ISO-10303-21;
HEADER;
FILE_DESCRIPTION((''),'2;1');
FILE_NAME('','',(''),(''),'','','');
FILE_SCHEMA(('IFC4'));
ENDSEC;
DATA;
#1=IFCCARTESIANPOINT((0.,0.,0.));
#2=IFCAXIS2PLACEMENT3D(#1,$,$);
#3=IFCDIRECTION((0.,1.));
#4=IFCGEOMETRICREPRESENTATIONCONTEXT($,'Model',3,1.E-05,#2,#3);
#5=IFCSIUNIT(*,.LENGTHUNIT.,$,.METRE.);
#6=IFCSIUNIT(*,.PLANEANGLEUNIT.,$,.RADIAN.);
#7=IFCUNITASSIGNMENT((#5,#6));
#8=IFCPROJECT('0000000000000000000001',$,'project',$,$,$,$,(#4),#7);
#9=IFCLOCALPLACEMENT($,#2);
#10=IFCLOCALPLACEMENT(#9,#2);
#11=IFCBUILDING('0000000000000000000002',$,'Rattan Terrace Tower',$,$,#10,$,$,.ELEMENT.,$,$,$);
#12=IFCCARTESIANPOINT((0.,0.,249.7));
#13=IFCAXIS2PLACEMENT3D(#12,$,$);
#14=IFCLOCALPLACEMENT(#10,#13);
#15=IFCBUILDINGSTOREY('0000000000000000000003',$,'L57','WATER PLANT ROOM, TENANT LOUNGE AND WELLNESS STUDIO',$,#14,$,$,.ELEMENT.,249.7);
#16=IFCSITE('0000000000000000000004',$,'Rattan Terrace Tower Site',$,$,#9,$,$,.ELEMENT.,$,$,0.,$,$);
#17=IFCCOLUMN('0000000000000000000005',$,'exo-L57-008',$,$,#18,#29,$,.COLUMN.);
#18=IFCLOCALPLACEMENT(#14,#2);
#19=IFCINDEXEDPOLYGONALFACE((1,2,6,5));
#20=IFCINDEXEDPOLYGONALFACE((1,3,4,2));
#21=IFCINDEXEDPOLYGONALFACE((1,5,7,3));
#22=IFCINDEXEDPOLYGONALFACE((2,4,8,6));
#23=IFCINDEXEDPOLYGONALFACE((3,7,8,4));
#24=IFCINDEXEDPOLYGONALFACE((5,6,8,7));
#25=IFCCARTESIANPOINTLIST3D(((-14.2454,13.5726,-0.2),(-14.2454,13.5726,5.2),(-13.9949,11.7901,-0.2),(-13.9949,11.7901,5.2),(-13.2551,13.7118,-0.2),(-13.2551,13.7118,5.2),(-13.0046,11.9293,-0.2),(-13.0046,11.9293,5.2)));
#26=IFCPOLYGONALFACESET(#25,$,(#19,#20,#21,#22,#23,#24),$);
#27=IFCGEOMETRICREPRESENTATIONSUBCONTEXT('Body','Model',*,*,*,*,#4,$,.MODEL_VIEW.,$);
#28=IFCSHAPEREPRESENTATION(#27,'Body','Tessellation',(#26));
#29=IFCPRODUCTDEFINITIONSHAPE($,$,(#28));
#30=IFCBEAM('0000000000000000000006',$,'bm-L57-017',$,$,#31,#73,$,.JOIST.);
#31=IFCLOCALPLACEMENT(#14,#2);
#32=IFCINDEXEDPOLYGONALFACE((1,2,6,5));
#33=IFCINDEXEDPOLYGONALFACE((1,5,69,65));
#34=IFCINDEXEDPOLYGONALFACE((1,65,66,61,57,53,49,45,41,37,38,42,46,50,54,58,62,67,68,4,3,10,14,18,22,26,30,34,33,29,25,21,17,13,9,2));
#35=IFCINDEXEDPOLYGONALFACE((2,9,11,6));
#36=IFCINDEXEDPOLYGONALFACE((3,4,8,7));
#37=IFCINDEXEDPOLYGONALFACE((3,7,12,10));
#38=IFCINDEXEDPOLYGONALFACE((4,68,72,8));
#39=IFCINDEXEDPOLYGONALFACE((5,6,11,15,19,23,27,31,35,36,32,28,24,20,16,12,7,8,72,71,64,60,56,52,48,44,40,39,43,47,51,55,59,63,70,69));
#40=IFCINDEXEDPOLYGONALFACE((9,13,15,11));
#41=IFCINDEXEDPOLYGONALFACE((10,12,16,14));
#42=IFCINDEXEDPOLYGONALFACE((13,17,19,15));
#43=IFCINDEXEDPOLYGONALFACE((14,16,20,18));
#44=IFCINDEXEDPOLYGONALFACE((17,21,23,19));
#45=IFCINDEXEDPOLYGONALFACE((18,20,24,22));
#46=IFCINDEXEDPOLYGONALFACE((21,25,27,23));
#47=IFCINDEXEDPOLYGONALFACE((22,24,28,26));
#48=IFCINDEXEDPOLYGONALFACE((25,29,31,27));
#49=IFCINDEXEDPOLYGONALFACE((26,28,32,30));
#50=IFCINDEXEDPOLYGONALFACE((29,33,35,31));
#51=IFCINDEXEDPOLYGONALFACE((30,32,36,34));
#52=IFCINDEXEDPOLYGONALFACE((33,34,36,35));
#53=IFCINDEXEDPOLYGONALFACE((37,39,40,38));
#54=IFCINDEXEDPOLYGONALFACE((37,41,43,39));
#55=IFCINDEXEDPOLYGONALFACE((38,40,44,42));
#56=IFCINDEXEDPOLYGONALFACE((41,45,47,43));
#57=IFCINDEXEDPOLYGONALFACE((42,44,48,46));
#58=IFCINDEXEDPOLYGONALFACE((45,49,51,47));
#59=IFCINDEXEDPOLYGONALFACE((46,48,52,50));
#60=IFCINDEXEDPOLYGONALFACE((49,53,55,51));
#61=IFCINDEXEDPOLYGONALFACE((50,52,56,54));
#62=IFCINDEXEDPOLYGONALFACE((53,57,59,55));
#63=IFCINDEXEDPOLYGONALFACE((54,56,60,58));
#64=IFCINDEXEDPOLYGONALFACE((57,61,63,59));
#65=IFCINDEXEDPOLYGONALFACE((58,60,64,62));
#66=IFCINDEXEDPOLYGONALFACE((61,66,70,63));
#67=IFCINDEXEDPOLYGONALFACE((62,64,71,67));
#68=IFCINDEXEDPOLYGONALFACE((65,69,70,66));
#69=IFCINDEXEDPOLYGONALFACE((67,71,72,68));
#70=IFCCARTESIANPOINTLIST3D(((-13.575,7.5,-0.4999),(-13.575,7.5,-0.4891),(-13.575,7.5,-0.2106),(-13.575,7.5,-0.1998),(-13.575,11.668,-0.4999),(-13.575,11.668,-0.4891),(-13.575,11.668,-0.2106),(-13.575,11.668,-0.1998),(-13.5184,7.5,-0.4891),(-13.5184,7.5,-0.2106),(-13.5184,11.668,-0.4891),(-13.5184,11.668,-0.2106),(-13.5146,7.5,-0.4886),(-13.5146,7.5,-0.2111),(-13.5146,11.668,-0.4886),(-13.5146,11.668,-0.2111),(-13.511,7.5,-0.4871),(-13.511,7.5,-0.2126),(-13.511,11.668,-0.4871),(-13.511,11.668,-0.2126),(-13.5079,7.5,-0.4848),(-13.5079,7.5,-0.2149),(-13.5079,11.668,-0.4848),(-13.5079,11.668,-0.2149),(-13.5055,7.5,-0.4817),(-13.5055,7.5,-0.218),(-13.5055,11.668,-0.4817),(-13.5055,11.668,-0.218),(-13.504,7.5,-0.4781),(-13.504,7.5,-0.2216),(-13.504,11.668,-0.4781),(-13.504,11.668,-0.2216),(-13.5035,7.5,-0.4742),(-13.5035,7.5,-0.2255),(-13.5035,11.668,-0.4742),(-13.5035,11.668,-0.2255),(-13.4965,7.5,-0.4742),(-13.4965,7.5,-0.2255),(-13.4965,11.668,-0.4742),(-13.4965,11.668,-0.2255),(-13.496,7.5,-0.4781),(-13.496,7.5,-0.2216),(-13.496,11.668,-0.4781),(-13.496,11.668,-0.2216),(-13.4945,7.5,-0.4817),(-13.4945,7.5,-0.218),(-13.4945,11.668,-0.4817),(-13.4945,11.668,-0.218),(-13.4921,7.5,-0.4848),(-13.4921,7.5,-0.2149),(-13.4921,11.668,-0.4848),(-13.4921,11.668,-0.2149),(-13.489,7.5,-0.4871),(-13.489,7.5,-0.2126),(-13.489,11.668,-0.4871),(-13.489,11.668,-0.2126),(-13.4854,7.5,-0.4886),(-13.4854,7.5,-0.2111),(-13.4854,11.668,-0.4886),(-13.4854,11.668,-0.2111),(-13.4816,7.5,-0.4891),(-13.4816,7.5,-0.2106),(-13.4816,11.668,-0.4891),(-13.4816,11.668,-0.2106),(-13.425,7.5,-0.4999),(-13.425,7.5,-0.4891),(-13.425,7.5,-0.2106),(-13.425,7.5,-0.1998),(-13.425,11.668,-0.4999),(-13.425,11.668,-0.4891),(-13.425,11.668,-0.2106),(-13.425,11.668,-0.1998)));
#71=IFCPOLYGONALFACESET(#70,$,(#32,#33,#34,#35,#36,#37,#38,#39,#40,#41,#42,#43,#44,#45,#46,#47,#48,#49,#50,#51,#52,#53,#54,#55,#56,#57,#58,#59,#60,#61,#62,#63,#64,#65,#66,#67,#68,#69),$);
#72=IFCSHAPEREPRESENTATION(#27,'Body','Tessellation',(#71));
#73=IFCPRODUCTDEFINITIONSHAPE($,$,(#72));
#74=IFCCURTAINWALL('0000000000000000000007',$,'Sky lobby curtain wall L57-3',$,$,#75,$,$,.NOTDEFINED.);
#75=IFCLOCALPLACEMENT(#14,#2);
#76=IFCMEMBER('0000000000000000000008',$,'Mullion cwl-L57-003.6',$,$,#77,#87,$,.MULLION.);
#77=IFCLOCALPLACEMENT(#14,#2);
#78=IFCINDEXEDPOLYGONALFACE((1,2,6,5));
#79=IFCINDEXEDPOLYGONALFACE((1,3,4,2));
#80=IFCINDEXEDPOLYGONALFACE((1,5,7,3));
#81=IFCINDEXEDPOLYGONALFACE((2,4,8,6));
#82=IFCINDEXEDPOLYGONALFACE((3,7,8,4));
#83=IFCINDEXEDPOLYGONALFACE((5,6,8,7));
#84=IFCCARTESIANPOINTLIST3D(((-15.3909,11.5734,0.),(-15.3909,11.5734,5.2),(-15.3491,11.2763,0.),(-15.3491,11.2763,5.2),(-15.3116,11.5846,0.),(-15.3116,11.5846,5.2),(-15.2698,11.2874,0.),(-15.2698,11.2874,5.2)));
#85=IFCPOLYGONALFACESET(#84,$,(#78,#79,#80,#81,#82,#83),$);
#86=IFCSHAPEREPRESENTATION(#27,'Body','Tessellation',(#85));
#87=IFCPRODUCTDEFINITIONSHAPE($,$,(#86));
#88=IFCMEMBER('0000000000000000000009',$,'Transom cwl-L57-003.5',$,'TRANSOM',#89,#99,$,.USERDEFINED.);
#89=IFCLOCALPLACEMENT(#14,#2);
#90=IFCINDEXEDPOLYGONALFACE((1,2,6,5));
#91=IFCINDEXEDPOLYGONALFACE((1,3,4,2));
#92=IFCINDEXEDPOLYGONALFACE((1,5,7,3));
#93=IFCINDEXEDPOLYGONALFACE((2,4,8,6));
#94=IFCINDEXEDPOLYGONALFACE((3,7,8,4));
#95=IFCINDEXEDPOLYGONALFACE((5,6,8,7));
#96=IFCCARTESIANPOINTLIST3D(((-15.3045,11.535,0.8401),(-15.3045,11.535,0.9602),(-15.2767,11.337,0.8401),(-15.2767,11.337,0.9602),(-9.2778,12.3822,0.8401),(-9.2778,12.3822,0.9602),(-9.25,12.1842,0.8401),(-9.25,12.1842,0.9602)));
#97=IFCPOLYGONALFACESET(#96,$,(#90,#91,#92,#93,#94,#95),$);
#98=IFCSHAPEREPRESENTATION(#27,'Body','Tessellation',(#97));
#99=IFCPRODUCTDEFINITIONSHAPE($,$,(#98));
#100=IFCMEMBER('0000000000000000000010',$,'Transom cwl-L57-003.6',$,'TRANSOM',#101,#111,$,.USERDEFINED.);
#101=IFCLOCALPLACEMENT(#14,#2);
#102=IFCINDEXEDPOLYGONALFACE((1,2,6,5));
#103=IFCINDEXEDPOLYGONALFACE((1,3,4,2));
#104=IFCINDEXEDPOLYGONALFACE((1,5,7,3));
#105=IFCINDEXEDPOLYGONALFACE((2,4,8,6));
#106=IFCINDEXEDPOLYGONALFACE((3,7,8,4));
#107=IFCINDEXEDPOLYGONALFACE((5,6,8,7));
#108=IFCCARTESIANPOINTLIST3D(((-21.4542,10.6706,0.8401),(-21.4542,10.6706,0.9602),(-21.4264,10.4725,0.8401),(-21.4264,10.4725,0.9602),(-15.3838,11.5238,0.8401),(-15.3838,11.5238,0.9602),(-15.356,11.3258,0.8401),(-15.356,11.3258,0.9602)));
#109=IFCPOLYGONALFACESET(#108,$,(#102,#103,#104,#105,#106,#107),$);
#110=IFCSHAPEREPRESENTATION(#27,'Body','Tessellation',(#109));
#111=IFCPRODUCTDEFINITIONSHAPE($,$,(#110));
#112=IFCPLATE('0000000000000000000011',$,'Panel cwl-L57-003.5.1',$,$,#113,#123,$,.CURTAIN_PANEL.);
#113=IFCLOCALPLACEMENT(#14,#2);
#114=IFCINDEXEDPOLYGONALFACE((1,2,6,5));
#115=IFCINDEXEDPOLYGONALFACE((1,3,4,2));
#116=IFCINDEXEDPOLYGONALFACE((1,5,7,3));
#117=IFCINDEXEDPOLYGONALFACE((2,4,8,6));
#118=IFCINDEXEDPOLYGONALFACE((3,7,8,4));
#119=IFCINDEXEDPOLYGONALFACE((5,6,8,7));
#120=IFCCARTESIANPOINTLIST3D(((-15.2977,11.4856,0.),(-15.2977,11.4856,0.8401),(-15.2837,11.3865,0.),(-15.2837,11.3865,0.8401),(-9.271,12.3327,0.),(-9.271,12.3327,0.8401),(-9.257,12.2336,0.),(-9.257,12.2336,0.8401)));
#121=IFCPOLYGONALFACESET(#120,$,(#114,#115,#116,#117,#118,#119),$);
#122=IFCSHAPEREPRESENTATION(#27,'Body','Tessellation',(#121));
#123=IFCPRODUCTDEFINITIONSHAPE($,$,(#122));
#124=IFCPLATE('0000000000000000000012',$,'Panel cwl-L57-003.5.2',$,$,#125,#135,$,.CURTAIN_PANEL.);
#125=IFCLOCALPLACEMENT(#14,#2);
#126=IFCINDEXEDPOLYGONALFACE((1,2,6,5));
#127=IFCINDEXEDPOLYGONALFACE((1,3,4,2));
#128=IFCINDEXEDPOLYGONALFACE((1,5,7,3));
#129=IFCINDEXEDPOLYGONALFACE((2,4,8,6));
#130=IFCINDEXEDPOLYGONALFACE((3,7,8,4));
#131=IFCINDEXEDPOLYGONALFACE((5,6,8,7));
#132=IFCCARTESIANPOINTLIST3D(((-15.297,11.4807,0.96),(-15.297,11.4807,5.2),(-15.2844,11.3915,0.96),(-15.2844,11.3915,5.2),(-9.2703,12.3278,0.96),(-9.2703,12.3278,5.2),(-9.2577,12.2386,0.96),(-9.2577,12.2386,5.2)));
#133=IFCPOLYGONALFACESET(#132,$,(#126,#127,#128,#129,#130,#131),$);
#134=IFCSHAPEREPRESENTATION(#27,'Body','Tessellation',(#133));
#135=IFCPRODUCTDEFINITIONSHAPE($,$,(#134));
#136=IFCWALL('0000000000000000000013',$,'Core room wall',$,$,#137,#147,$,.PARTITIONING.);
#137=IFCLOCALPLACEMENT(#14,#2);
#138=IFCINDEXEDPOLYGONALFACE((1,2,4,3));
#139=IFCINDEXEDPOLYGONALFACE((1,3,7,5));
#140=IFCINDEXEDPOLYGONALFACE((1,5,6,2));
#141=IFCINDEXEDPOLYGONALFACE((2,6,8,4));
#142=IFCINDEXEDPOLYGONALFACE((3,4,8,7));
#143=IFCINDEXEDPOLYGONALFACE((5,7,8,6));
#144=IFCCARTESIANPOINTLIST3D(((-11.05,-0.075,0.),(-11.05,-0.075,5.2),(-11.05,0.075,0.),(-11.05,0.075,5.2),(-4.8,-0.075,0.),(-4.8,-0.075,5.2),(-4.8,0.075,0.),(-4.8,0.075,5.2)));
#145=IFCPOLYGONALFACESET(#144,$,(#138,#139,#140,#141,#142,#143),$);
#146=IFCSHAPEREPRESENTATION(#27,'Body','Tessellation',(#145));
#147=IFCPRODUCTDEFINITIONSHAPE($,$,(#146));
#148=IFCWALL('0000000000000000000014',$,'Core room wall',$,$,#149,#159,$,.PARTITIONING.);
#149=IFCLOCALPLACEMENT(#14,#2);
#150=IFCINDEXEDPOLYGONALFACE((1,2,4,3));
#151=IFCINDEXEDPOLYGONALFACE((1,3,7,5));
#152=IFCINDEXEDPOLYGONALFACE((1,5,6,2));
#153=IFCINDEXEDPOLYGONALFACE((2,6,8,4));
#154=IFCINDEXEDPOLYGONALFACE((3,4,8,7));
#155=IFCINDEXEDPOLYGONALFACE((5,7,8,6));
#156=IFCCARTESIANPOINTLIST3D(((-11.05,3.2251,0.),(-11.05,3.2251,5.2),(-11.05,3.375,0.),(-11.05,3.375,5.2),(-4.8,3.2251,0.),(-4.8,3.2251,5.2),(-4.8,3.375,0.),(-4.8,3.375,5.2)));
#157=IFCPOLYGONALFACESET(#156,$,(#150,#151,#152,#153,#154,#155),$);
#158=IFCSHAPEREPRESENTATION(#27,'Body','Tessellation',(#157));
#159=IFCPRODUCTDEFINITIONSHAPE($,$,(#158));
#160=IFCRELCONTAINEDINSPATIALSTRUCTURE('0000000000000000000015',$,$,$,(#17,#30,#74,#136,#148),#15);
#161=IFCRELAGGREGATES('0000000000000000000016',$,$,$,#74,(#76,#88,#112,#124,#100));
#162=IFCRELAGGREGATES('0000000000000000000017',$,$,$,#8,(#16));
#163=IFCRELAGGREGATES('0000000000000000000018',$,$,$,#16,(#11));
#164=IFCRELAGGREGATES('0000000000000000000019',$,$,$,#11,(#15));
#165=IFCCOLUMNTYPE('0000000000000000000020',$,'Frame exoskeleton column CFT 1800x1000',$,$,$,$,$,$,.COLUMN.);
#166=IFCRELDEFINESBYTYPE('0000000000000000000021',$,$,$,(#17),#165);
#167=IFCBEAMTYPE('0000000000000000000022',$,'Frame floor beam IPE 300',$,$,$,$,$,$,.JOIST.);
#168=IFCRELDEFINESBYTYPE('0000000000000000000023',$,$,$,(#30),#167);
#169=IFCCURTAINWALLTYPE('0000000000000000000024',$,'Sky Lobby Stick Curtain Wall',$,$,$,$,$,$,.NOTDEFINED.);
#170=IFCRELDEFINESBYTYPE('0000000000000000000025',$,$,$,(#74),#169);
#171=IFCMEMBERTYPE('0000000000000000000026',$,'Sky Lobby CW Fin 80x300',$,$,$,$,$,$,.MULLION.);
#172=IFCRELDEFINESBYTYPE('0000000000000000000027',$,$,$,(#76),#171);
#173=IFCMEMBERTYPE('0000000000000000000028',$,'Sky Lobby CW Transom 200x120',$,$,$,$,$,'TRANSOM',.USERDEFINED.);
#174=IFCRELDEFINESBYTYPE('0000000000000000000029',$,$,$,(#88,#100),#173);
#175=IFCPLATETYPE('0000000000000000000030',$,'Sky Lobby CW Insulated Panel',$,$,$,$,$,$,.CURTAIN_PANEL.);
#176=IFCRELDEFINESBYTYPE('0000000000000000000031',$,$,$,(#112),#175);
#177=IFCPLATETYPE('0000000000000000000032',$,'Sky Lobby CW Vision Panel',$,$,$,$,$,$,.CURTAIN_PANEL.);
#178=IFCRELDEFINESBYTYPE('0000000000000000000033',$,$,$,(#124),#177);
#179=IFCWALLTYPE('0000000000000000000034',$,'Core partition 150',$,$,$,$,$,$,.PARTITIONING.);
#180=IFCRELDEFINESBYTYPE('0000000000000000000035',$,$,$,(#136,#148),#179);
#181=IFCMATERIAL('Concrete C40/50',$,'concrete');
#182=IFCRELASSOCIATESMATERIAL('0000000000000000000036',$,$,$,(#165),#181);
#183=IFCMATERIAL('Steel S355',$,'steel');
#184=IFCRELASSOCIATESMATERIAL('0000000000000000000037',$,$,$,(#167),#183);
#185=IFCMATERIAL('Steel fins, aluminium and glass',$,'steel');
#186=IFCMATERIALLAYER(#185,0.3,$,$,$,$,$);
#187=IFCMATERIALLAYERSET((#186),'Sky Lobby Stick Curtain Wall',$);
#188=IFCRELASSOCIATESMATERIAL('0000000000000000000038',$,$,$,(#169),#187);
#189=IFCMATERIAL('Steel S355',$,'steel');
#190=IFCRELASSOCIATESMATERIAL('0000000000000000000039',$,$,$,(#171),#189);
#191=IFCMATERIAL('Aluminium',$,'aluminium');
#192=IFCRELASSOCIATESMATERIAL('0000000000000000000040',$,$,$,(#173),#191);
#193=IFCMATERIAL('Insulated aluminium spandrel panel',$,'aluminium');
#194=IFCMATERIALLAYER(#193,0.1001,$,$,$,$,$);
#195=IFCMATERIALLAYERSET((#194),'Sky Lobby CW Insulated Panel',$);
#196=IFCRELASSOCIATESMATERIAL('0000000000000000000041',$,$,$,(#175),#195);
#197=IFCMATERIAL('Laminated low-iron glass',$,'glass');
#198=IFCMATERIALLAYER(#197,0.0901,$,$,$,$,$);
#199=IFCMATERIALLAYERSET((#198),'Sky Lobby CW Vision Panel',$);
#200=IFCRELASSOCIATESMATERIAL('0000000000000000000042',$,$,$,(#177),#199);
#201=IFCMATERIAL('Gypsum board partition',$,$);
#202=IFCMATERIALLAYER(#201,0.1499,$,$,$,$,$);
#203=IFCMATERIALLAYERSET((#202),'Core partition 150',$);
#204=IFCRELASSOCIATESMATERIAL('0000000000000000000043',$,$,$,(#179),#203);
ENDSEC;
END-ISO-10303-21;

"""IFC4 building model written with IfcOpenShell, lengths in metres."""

from ifc_helpers import new_model, si_unit, direction, frame, frame_2d, origin, origin_2d, place, context, subcontext, project, spatial, rectangle, i_section, extrude, material, layer, layer_set, material_profile, profile_set, type_object, element, aggregate, save


model = new_model("IFC4")

# Units and contexts
model_context = context("Model", 3, precision=1e-05, world=origin(), true_north=direction((0.0, 1.0)))
body_context = subcontext(model_context, "Body", "Model", "MODEL_VIEW")
ifc_project = project(units=[si_unit("LENGTHUNIT", "METRE"), si_unit("PLANEANGLEUNIT", "RADIAN")], contexts=[model_context])

# Site, building, storey
site_placement = place(None, origin())
site = spatial("IfcSite", under=ifc_project, at=site_placement, Name="Rattan Terrace Tower Site", CompositionType="ELEMENT", RefElevation=0.0)
building_placement = place(site_placement, origin())
building = spatial("IfcBuilding", under=site, at=building_placement, Name="Rattan Terrace Tower", CompositionType="ELEMENT")
storey_placement = place(building_placement, frame((0.0, 0.0, 249.7)))
storey = spatial("IfcBuildingStorey", under=building, at=storey_placement, Name="L57", Description="WATER PLANT ROOM, TENANT LOUNGE AND WELLNESS STUDIO", CompositionType="ELEMENT", Elevation=249.7)

# Column
ifc_material_1 = material(Name="Concrete C40/50", Category="concrete")
ifc_material_profile_1 = material_profile(ifc_material_1, rectangle(XDim=1.0, YDim=1.8, at=origin_2d()), Name="CFT 1800x1000")
ifc_profile_set_1 = profile_set([ifc_material_profile_1], Name="Concrete C40/50")
column_type = type_object("IfcColumnType", Name="Frame exoskeleton column CFT 1800x1000", PredefinedType="COLUMN", material=ifc_profile_set_1)
column_placement = place(storey_placement, frame((-13.625, 12.751, -0.2), z_axis=(0.0, 0.0, 1.0), x_axis=(0.990266, 0.13919, 0.0)))
element("IfcColumn", 1, at=column_placement, inside=storey, type_object=column_type, Name="exo-L57-008", PredefinedType="COLUMN", context=body_context, shape_type="SweptSolid", body=[
    extrude(rectangle(XDim=1.0, YDim=1.8, at=origin_2d()), origin(), (0.0, 0.0, 1.0), 5.3999),
])

# Beam
ifc_material_2 = material(Name="Steel S355", Category="steel")
ifc_material_profile_2 = material_profile(ifc_material_2, i_section(OverallWidth=0.1499, OverallDepth=0.3, WebThickness=0.0071, FlangeThickness=0.0107, FilletRadius=0.0149, at=origin_2d()), Name="IPE 300")
ifc_profile_set_2 = profile_set([ifc_material_profile_2], Name="Steel S355")
beam_type = type_object("IfcBeamType", Name="Frame floor beam IPE 300", PredefinedType="JOIST", material=ifc_profile_set_2)
beam_placement = place(storey_placement, frame((-13.5, 7.5, -0.3499), z_axis=(0.0, 1.0, 0.0), x_axis=(-1.0, 0.0, 0.0)))
element("IfcBeam", 2, at=beam_placement, inside=storey, type_object=beam_type, Name="bm-L57-017", PredefinedType="JOIST", context=body_context, shape_type="SweptSolid", body=[
    extrude(i_section(OverallWidth=0.1499, OverallDepth=0.3, WebThickness=0.0071, FlangeThickness=0.0107, FilletRadius=0.0149, at=origin_2d()), origin(), (0.0, 0.0, 1.0), 4.168),
])

# Curtain wall, members, plates
ifc_material_3 = material(Name="Steel fins, aluminium and glass", Category="steel")
ifc_layer_1 = layer(ifc_material_3, 0.3)
ifc_layer_set_1 = layer_set([ifc_layer_1], Name="Sky Lobby Stick Curtain Wall")
curtain_wall_type = type_object("IfcCurtainWallType", Name="Sky Lobby Stick Curtain Wall", PredefinedType="NOTDEFINED", material=ifc_layer_set_1)
curtain_wall_placement = place(storey_placement, origin())
curtain_wall = element("IfcCurtainWall", 3, at=curtain_wall_placement, inside=storey, type_object=curtain_wall_type, Name="Sky lobby curtain wall L57-3", PredefinedType="NOTDEFINED")
ifc_material_4 = material(Name="Steel S355", Category="steel")
ifc_material_profile_3 = material_profile(ifc_material_4, rectangle(XDim=0.0801, YDim=0.3, at=origin_2d()), Name="Steel S355 80x300")
ifc_profile_set_3 = profile_set([ifc_material_profile_3], Name="Steel S355")
member_type_1 = type_object("IfcMemberType", Name="Sky Lobby CW Fin 80x300", PredefinedType="MULLION", material=ifc_profile_set_3)
member_1_placement = place(storey_placement, frame((-15.3303, 11.4304, 0.0), z_axis=(0.0, 0.0, 1.0), x_axis=(-0.990266, -0.139189, 0.0)))
member_1 = element("IfcMember", 4, at=member_1_placement, type_object=member_type_1, Name="Mullion cwl-L57-003.6", PredefinedType="MULLION", context=body_context, shape_type="SweptSolid", body=[
    extrude(rectangle(XDim=0.0801, YDim=0.3, at=origin_2d()), origin(), (0.0, 0.0, 1.0), 5.2),
])
ifc_material_5 = material(Name="Aluminium", Category="aluminium")
ifc_material_profile_4 = material_profile(ifc_material_5, rectangle(XDim=0.2, YDim=0.1201, at=origin_2d()), Name="Aluminium 200x120")
ifc_profile_set_4 = profile_set([ifc_material_profile_4], Name="Aluminium")
member_type_2 = type_object("IfcMemberType", Name="Sky Lobby CW Transom 200x120", ElementType="TRANSOM", PredefinedType="USERDEFINED", material=ifc_profile_set_4)
member_2_placement = place(storey_placement, frame((-9.2639, 12.2832, 0.9001), z_axis=(-0.990264, -0.139203, 0.0), x_axis=(0.139203, -0.990264, 0.0)))
member_2 = element("IfcMember", 5, at=member_2_placement, type_object=member_type_2, Name="Transom cwl-L57-003.5", ObjectType="TRANSOM", PredefinedType="USERDEFINED", context=body_context, shape_type="SweptSolid", body=[
    extrude(rectangle(XDim=0.2, YDim=0.1201, at=origin_2d()), origin(), (0.0, 0.0, 1.0), 6.0859),
])
member_3_placement = place(storey_placement, frame((-15.3699, 11.4248, 0.9001), z_axis=(-0.990266, -0.139191, 0.0), x_axis=(0.139191, -0.990266, 0.0)))
member_3 = element("IfcMember", 6, at=member_3_placement, type_object=member_type_2, Name="Transom cwl-L57-003.6", ObjectType="TRANSOM", PredefinedType="USERDEFINED", context=body_context, shape_type="SweptSolid", body=[
    extrude(rectangle(XDim=0.2, YDim=0.1201, at=origin_2d()), origin(), (0.0, 0.0, 1.0), 6.1301),
])
ifc_material_6 = material(Name="Insulated aluminium spandrel panel", Category="aluminium")
ifc_layer_2 = layer(ifc_material_6, 0.1001)
ifc_layer_set_2 = layer_set([ifc_layer_2], Name="Sky Lobby CW Insulated Panel")
plate_type_1 = type_object("IfcPlateType", Name="Sky Lobby CW Insulated Panel", PredefinedType="CURTAIN_PANEL", material=ifc_layer_set_2)
plate_1_placement = place(storey_placement, frame((-12.2773, 11.8596, 0.0), z_axis=(0.0, 0.0, 1.0), x_axis=(-0.990266, -0.139189, 0.0)))
plate_1 = element("IfcPlate", 7, at=plate_1_placement, type_object=plate_type_1, Name="Panel cwl-L57-003.5.1", PredefinedType="CURTAIN_PANEL", context=body_context, shape_type="SweptSolid", body=[
    extrude(rectangle(XDim=6.0859, YDim=0.1001, at=origin_2d()), origin(), (0.0, 0.0, 1.0), 0.8401),
])
ifc_material_7 = material(Name="Laminated low-iron glass", Category="glass")
ifc_layer_3 = layer(ifc_material_7, 0.0901)
ifc_layer_set_3 = layer_set([ifc_layer_3], Name="Sky Lobby CW Vision Panel")
plate_type_2 = type_object("IfcPlateType", Name="Sky Lobby CW Vision Panel", PredefinedType="CURTAIN_PANEL", material=ifc_layer_set_3)
plate_2_placement = place(storey_placement, frame((-12.2773, 11.8596, 0.96), z_axis=(0.0, 0.0, 1.0), x_axis=(-0.990266, -0.139189, 0.0)))
plate_2 = element("IfcPlate", 8, at=plate_2_placement, type_object=plate_type_2, Name="Panel cwl-L57-003.5.2", PredefinedType="CURTAIN_PANEL", context=body_context, shape_type="SweptSolid", body=[
    extrude(rectangle(XDim=6.0859, YDim=0.0901, at=origin_2d()), origin(), (0.0, 0.0, 1.0), 4.24),
])
aggregate(curtain_wall, [member_1, member_2, plate_1, plate_2, member_3])

# Walls
ifc_material_8 = material(Name="Gypsum board partition")
ifc_layer_4 = layer(ifc_material_8, 0.1499)
ifc_layer_set_4 = layer_set([ifc_layer_4], Name="Core partition 150")
wall_type = type_object("IfcWallType", Name="Core partition 150", PredefinedType="PARTITIONING", material=ifc_layer_set_4)
for number, where, z_axis, x_axis, name in (
    (9, (-11.05, 0.0, 0.0), (0.0, 0.0, 1.0), (1.0, 0.0, 0.0), "Core room wall"),
    (10, (-11.05, 3.3, 0.0), (0.0, 0.0, 1.0), (1.0, 0.0, 0.0), "Core room wall"),
):
    element("IfcWall", number, at=place(storey_placement, frame(where, z_axis=z_axis, x_axis=x_axis)), inside=storey, type_object=wall_type, Name=name, PredefinedType="PARTITIONING", context=body_context, shape_type="SweptSolid", body=[
        extrude(rectangle(XDim=6.25, YDim=0.1499, at=frame_2d((3.125, 0.0))), origin(), (0.0, 0.0, 1.0), 5.2),
    ])

save(model, "model.ifc")
